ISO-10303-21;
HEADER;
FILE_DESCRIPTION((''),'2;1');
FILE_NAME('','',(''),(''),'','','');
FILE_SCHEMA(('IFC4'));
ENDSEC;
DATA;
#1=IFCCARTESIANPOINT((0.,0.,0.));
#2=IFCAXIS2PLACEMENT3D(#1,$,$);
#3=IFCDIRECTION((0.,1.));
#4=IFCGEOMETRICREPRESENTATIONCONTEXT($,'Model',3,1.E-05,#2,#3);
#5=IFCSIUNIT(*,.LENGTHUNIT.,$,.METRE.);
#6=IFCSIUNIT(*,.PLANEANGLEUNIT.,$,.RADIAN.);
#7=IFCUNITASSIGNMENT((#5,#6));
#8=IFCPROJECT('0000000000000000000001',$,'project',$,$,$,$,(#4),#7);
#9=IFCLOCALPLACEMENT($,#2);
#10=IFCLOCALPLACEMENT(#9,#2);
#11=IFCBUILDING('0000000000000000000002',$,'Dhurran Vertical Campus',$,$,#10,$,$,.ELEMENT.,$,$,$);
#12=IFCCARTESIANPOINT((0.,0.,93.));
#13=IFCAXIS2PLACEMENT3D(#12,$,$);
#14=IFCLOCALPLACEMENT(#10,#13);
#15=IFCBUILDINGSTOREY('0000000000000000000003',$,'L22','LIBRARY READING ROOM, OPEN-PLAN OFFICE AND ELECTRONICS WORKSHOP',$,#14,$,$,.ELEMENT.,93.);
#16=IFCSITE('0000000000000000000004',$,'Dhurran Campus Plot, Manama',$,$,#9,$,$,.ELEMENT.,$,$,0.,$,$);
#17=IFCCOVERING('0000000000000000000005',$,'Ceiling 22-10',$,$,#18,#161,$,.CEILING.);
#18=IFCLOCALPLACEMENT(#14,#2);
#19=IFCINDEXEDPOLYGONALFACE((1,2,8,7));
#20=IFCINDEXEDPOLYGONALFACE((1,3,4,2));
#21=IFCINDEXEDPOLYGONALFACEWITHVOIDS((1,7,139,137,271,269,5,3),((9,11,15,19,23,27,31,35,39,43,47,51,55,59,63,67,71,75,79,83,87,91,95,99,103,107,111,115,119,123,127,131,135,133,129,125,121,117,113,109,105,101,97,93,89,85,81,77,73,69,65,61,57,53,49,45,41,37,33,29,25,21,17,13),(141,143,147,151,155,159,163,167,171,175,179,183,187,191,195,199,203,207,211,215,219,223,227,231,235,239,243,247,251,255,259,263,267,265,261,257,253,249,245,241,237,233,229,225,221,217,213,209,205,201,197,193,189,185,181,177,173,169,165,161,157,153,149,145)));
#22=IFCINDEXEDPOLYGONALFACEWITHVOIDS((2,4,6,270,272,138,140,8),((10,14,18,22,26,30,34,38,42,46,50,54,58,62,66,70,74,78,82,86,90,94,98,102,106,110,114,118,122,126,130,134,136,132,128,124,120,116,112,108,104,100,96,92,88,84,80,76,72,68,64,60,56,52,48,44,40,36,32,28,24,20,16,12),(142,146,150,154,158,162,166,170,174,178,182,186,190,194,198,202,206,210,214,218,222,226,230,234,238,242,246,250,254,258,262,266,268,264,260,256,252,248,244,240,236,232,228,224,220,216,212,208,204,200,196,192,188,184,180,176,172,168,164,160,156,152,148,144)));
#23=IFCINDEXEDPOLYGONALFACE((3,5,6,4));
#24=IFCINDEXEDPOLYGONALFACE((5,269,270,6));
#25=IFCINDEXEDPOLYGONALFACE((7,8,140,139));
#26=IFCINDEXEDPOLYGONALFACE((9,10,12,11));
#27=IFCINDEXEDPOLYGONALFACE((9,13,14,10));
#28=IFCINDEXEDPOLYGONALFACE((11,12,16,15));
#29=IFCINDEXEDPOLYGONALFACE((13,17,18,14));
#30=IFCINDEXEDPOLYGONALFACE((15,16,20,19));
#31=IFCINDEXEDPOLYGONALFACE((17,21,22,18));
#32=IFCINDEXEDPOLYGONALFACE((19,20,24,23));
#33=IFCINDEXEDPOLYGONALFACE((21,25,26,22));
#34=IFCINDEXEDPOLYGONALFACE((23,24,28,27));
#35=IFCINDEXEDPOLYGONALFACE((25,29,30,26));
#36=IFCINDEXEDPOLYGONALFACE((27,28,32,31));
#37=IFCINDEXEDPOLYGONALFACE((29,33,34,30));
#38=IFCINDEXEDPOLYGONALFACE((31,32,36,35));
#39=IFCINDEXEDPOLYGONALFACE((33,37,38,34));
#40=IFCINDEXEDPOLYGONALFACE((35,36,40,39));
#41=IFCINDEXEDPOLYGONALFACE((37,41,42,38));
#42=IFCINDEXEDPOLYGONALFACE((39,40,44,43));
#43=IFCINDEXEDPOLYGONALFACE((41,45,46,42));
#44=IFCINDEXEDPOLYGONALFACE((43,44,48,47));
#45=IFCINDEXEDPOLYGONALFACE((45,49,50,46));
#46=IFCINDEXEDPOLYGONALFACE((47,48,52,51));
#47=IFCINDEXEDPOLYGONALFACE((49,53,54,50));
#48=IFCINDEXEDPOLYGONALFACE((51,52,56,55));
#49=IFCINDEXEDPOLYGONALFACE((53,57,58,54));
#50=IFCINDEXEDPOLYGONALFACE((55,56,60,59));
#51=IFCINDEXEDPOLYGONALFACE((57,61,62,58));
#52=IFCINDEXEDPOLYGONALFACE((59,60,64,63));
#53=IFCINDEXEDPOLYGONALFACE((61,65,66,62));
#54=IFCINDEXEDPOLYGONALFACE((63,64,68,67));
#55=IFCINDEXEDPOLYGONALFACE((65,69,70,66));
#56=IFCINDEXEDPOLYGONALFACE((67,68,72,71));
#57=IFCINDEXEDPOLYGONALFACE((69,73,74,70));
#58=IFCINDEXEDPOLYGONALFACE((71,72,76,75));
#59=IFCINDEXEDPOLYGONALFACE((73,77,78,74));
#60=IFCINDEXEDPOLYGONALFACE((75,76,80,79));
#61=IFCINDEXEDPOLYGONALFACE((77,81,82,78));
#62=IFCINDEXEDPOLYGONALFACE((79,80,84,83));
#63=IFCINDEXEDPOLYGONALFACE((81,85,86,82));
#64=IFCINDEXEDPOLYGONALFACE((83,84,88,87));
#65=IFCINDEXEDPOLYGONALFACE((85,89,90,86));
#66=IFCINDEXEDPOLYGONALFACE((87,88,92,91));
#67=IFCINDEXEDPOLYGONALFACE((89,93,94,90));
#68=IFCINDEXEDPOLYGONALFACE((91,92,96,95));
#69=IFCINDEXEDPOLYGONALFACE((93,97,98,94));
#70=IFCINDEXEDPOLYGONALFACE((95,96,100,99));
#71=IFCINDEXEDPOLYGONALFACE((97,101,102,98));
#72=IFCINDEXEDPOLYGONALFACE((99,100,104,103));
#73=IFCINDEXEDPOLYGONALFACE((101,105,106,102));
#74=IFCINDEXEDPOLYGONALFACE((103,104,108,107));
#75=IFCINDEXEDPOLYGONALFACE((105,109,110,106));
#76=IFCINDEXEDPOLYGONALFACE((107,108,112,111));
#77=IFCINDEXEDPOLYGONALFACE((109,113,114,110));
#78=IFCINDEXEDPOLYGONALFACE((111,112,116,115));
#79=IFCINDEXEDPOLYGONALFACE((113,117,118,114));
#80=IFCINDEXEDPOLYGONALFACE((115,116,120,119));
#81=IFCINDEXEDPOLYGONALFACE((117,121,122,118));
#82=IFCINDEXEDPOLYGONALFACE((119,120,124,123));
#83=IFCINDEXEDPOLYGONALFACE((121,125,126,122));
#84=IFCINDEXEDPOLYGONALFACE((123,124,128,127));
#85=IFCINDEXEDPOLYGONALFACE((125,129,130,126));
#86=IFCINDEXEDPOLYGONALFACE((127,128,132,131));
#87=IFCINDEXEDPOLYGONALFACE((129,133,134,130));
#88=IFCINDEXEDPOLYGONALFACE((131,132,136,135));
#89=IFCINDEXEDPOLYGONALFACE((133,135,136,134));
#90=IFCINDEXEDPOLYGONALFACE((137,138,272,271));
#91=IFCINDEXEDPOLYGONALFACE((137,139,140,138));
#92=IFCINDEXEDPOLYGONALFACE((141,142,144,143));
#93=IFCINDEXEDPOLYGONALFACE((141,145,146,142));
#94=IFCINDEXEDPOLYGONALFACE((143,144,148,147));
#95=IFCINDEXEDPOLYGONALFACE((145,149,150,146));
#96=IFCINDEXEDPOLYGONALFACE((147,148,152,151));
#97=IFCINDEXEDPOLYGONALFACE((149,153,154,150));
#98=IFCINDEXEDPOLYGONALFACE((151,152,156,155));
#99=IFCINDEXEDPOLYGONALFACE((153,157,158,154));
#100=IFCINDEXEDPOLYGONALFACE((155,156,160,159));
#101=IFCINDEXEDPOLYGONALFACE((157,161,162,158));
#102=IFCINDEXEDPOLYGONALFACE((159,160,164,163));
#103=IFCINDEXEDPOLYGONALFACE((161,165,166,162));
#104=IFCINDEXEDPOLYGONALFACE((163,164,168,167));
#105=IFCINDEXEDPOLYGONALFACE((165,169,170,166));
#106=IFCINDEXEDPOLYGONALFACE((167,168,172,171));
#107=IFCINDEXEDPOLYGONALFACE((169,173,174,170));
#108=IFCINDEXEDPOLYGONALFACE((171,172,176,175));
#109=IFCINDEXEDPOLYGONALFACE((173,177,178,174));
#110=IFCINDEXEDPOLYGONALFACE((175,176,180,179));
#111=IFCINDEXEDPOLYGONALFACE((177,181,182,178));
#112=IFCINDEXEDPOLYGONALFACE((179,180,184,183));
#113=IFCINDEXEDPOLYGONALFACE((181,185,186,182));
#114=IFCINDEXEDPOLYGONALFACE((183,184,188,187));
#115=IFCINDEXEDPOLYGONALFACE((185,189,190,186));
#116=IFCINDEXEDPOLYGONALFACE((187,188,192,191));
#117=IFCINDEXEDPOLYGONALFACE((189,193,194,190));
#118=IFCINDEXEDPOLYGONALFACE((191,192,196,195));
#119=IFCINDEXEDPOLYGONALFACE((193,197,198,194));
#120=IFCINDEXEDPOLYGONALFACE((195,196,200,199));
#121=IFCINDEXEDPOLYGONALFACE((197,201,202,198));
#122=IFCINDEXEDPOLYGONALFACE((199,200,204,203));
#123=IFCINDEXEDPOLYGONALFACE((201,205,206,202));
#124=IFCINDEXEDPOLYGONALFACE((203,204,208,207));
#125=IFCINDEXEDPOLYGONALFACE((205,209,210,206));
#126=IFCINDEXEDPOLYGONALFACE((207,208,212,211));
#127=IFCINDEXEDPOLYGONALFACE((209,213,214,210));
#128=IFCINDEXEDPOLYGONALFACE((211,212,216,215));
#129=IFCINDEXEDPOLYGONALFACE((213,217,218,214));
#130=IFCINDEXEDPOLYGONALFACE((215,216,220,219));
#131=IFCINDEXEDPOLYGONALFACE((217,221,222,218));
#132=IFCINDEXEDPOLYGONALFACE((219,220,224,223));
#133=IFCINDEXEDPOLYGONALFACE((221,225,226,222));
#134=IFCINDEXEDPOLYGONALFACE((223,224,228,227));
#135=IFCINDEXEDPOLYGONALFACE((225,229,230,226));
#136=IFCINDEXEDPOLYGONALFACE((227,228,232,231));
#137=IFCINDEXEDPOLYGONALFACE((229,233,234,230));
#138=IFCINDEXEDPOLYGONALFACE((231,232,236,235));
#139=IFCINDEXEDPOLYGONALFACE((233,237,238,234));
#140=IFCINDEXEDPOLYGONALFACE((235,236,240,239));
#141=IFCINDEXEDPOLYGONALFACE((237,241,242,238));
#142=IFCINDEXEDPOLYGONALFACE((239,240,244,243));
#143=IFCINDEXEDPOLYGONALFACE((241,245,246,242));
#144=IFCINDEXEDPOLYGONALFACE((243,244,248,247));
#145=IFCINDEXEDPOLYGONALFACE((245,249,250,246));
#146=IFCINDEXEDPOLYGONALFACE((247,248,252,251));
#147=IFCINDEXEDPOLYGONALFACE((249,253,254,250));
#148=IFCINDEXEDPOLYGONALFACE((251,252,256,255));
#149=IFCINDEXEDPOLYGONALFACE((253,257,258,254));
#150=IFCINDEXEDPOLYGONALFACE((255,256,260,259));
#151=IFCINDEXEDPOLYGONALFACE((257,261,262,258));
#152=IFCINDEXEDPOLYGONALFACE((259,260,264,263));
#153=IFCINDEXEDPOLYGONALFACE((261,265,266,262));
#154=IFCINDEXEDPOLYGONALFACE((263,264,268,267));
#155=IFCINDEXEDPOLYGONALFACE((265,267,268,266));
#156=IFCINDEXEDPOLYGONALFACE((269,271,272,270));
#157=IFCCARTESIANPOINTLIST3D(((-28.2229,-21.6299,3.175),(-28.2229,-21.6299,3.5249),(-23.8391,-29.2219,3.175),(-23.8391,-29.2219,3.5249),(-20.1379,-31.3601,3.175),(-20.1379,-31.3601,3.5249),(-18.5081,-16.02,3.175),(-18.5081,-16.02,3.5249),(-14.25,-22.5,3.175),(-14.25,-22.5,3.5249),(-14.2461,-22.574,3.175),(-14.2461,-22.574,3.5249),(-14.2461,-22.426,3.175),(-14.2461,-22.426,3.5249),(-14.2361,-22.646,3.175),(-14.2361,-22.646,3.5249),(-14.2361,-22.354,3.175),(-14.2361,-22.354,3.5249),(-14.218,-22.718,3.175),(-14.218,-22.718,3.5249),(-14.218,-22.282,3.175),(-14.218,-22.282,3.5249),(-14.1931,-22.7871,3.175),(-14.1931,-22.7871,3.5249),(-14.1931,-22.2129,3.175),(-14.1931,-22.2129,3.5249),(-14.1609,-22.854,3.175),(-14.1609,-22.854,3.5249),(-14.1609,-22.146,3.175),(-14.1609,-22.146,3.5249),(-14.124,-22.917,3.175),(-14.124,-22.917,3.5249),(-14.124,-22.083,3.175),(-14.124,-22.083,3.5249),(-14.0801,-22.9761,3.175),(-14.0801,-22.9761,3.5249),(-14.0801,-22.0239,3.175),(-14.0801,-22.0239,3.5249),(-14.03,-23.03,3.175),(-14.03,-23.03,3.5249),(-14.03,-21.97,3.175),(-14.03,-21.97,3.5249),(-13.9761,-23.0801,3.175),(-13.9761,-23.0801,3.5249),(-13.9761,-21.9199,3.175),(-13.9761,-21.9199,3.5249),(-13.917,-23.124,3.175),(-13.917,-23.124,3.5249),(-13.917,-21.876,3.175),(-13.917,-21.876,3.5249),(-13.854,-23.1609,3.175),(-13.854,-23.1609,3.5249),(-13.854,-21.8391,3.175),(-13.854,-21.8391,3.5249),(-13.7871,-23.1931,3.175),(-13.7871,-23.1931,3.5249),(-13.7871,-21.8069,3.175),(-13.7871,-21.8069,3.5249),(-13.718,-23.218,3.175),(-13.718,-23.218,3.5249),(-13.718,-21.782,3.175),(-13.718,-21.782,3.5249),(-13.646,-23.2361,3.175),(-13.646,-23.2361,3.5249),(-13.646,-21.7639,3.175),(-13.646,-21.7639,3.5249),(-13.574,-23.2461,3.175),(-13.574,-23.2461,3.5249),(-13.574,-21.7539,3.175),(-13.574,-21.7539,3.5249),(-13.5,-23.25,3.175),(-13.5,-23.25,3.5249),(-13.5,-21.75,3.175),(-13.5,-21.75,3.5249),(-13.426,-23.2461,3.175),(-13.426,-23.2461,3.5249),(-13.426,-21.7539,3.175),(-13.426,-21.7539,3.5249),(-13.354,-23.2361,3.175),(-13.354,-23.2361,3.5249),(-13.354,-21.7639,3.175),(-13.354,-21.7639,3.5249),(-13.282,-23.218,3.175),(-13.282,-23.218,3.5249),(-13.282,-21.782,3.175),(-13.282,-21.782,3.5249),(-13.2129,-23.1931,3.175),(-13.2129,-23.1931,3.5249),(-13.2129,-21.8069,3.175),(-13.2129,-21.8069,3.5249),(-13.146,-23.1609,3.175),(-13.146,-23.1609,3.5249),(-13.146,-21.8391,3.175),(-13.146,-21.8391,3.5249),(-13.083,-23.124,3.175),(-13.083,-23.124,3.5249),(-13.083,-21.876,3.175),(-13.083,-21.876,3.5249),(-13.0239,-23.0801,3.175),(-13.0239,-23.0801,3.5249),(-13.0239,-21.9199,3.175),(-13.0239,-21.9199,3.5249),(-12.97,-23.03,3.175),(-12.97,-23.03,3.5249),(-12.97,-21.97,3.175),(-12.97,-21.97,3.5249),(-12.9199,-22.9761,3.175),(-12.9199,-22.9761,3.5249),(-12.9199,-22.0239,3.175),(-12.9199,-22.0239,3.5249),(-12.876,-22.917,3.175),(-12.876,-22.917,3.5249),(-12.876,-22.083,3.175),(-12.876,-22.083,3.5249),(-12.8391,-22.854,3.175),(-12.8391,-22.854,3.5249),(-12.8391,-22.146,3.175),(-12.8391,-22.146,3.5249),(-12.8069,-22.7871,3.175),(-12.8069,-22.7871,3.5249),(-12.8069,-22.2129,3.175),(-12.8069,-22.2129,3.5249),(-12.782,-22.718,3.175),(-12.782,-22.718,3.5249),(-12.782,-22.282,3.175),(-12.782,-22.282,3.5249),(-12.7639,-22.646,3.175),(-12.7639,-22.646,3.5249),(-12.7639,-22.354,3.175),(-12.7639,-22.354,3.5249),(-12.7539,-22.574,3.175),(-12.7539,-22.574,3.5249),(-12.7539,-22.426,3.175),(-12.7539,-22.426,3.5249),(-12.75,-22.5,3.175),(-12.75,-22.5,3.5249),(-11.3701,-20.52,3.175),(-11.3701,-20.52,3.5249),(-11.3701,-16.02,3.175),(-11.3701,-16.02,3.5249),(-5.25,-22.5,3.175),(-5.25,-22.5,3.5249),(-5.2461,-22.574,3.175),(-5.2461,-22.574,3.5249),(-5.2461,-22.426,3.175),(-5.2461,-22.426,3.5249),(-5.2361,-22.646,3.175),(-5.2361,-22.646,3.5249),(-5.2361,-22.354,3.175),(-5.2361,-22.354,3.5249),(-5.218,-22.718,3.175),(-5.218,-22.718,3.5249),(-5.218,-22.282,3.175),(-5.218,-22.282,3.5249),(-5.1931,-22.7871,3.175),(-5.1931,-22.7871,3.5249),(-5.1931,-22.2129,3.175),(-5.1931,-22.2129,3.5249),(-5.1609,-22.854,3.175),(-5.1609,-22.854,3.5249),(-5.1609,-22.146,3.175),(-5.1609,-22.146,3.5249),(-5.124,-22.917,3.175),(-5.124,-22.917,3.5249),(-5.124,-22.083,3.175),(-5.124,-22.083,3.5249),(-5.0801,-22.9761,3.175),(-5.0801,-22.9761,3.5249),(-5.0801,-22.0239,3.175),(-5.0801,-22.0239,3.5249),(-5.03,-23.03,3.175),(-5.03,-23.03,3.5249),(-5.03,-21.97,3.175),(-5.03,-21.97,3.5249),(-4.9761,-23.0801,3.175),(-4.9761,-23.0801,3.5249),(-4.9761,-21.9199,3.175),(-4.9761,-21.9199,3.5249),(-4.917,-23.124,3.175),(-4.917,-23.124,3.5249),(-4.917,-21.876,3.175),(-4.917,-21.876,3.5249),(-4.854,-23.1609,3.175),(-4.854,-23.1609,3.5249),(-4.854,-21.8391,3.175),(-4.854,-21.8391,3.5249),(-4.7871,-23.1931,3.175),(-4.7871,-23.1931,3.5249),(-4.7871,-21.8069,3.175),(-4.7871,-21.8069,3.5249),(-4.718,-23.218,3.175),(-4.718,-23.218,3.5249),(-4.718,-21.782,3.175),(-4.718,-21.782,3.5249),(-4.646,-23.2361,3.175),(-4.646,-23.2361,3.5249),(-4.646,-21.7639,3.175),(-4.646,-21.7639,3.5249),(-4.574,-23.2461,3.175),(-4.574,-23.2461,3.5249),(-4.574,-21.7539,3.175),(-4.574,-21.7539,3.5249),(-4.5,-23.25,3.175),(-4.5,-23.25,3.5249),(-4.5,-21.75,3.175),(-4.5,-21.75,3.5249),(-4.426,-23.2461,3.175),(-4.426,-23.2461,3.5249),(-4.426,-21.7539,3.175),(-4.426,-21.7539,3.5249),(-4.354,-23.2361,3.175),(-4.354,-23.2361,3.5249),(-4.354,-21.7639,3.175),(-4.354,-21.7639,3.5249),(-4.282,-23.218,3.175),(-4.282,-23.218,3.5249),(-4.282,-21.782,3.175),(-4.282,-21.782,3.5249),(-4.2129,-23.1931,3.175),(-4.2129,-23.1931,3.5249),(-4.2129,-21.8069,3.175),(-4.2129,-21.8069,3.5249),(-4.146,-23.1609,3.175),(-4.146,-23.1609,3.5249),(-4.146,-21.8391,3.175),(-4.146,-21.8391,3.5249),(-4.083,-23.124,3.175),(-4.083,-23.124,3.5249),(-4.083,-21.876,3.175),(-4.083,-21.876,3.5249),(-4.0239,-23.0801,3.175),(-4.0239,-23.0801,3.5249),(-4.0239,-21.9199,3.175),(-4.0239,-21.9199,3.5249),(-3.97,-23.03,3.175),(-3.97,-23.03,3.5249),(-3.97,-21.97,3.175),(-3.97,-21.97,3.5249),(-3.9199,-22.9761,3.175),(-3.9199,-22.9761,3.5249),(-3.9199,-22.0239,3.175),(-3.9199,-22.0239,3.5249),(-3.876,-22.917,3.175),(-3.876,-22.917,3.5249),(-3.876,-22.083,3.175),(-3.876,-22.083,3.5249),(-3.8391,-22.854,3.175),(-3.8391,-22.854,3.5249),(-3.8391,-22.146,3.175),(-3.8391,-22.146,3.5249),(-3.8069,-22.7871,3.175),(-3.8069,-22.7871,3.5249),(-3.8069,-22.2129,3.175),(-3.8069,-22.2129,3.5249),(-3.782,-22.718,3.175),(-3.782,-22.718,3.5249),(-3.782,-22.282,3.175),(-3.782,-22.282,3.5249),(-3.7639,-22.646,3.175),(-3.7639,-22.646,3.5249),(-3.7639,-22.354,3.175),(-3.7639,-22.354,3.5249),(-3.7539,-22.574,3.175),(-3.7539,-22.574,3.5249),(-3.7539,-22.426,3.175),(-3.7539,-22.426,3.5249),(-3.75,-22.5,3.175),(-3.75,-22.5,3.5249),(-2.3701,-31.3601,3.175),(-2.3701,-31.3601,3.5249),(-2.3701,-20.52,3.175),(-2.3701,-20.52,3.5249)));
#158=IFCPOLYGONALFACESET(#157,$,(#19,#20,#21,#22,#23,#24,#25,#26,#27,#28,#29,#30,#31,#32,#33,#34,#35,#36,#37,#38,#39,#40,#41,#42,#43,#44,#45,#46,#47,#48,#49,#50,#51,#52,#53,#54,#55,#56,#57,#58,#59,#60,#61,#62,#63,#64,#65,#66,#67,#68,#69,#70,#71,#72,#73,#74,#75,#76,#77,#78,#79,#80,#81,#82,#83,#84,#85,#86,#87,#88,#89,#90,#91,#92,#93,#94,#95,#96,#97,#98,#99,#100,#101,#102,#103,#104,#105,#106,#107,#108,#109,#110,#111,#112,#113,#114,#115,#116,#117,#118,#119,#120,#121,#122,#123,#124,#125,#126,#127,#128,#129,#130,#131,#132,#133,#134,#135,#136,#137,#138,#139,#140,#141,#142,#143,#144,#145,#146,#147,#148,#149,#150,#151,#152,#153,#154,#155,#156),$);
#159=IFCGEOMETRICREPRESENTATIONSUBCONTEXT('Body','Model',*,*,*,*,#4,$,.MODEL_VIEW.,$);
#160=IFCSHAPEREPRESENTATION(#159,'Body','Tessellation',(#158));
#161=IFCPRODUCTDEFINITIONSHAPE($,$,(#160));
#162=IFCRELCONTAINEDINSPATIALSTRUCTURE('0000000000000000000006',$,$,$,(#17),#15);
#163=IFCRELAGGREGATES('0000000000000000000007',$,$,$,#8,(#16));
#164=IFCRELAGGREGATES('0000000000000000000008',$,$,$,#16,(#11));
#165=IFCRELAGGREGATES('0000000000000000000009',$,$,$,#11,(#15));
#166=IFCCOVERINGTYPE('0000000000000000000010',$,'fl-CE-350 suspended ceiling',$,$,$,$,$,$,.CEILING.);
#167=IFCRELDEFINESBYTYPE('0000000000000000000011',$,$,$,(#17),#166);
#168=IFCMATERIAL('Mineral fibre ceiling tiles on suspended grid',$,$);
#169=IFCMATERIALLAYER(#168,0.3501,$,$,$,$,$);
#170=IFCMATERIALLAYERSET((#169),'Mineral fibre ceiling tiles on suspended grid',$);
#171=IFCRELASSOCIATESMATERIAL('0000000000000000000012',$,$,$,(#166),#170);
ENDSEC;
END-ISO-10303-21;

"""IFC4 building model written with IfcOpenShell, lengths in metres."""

from ifc_helpers import new_model, si_unit, direction, frame, origin, place, context, subcontext, project, spatial, polyline, outline, extrude, material, layer, layer_set, type_object, element, save


model = new_model("IFC4")

# Units and contexts
model_context = context("Model", 3, precision=1e-05, world=origin(), true_north=direction((0.0, 1.0)))
body_context = subcontext(model_context, "Body", "Model", "MODEL_VIEW")
ifc_project = project(units=[si_unit("LENGTHUNIT", "METRE"), si_unit("PLANEANGLEUNIT", "RADIAN")], contexts=[model_context])

# Site, building, storey
site_placement = place(None, origin())
site = spatial("IfcSite", under=ifc_project, at=site_placement, Name="Dhurran Campus Plot, Manama", CompositionType="ELEMENT", RefElevation=0.0)
building_placement = place(site_placement, origin())
building = spatial("IfcBuilding", under=site, at=building_placement, Name="Dhurran Vertical Campus", CompositionType="ELEMENT")
storey_placement = place(building_placement, frame((0.0, 0.0, 93.0)))
storey = spatial("IfcBuildingStorey", under=building, at=storey_placement, Name="L22", Description="LIBRARY READING ROOM, OPEN-PLAN OFFICE AND ELECTRONICS WORKSHOP", CompositionType="ELEMENT", Elevation=93.0)

# Covering
ifc_material_1 = material(Name="Mineral fibre ceiling tiles on suspended grid")
ifc_layer_1 = layer(ifc_material_1, 0.3501)
ifc_layer_set_1 = layer_set([ifc_layer_1], Name="Mineral fibre ceiling tiles on suspended grid")
covering_type = type_object("IfcCoveringType", Name="fl-CE-350 suspended ceiling", PredefinedType="CEILING", material=ifc_layer_set_1)
covering_1_placement = place(storey_placement, frame((0.0, 0.0, 3.175)))
element("IfcCovering", 1, at=covering_1_placement, inside=storey, type_object=covering_type, Name="Ceiling 22-10", PredefinedType="CEILING", context=body_context, shape_type="SweptSolid", body=[
    extrude(outline(polyline([(-2.3701, -20.52), (-2.3701, -31.3601), (-20.1379, -31.3601), (-23.8391, -29.2219), (-28.2229, -21.6299), (-18.5081, -16.02), (-11.3701, -16.02), (-11.3701, -20.52), (-2.3701, -20.52)]), holes=[polyline([(-13.2129, -21.8069), (-13.282, -21.782), (-13.354, -21.7639), (-13.426, -21.7539), (-13.5, -21.75), (-13.574, -21.7539), (-13.646, -21.7639), (-13.718, -21.782), (-13.7871, -21.8069), (-13.854, -21.8391), (-13.917, -21.876), (-13.9761, -21.9199), (-14.03, -21.97), (-14.0801, -22.0239), (-14.124, -22.083), (-14.1609, -22.146), (-14.1931, -22.2129), (-14.218, -22.282), (-14.2361, -22.354), (-14.2461, -22.426), (-14.25, -22.5), (-14.2461, -22.574), (-14.2361, -22.646), (-14.218, -22.718), (-14.1931, -22.7871), (-14.1609, -22.854), (-14.124, -22.917), (-14.0801, -22.9761), (-14.03, -23.03), (-13.9761, -23.0801), (-13.917, -23.124), (-13.854, -23.1609), (-13.7871, -23.1931), (-13.718, -23.218), (-13.646, -23.2361), (-13.574, -23.2461), (-13.5, -23.25), (-13.426, -23.2461), (-13.354, -23.2361), (-13.282, -23.218), (-13.2129, -23.1931), (-13.146, -23.1609), (-13.083, -23.124), (-13.0239, -23.0801), (-12.97, -23.03), (-12.9199, -22.9761), (-12.876, -22.917), (-12.8391, -22.854), (-12.8069, -22.7871), (-12.782, -22.718), (-12.7639, -22.646), (-12.7539, -22.574), (-12.75, -22.5), (-12.7539, -22.426), (-12.7639, -22.354), (-12.782, -22.282), (-12.8069, -22.2129), (-12.8391, -22.146), (-12.876, -22.083), (-12.9199, -22.0239), (-12.97, -21.97), (-13.0239, -21.9199), (-13.083, -21.876), (-13.146, -21.8391), (-13.2129, -21.8069)]), polyline([(-4.083, -21.876), (-4.146, -21.8391), (-4.2129, -21.8069), (-4.282, -21.782), (-4.354, -21.7639), (-4.426, -21.7539), (-4.5, -21.75), (-4.574, -21.7539), (-4.646, -21.7639), (-4.718, -21.782), (-4.7871, -21.8069), (-4.854, -21.8391), (-4.917, -21.876), (-4.9761, -21.9199), (-5.03, -21.97), (-5.0801, -22.0239), (-5.124, -22.083), (-5.1609, -22.146), (-5.1931, -22.2129), (-5.218, -22.282), (-5.2361, -22.354), (-5.2461, -22.426), (-5.25, -22.5), (-5.2461, -22.574), (-5.2361, -22.646), (-5.218, -22.718), (-5.1931, -22.7871), (-5.1609, -22.854), (-5.124, -22.917), (-5.0801, -22.9761), (-5.03, -23.03), (-4.9761, -23.0801), (-4.917, -23.124), (-4.854, -23.1609), (-4.7871, -23.1931), (-4.718, -23.218), (-4.646, -23.2361), (-4.574, -23.2461), (-4.5, -23.25), (-4.426, -23.2461), (-4.354, -23.2361), (-4.282, -23.218), (-4.2129, -23.1931), (-4.146, -23.1609), (-4.083, -23.124), (-4.0239, -23.0801), (-3.97, -23.03), (-3.9199, -22.9761), (-3.876, -22.917), (-3.8391, -22.854), (-3.8069, -22.7871), (-3.782, -22.718), (-3.7639, -22.646), (-3.7539, -22.574), (-3.75, -22.5), (-3.7539, -22.426), (-3.7639, -22.354), (-3.782, -22.282), (-3.8069, -22.2129), (-3.8391, -22.146), (-3.876, -22.083), (-3.9199, -22.0239), (-3.97, -21.97), (-4.0239, -21.9199), (-4.083, -21.876)])]), origin(), (0.0, 0.0, 1.0), 0.3499),
])

save(model, "model.ifc")
